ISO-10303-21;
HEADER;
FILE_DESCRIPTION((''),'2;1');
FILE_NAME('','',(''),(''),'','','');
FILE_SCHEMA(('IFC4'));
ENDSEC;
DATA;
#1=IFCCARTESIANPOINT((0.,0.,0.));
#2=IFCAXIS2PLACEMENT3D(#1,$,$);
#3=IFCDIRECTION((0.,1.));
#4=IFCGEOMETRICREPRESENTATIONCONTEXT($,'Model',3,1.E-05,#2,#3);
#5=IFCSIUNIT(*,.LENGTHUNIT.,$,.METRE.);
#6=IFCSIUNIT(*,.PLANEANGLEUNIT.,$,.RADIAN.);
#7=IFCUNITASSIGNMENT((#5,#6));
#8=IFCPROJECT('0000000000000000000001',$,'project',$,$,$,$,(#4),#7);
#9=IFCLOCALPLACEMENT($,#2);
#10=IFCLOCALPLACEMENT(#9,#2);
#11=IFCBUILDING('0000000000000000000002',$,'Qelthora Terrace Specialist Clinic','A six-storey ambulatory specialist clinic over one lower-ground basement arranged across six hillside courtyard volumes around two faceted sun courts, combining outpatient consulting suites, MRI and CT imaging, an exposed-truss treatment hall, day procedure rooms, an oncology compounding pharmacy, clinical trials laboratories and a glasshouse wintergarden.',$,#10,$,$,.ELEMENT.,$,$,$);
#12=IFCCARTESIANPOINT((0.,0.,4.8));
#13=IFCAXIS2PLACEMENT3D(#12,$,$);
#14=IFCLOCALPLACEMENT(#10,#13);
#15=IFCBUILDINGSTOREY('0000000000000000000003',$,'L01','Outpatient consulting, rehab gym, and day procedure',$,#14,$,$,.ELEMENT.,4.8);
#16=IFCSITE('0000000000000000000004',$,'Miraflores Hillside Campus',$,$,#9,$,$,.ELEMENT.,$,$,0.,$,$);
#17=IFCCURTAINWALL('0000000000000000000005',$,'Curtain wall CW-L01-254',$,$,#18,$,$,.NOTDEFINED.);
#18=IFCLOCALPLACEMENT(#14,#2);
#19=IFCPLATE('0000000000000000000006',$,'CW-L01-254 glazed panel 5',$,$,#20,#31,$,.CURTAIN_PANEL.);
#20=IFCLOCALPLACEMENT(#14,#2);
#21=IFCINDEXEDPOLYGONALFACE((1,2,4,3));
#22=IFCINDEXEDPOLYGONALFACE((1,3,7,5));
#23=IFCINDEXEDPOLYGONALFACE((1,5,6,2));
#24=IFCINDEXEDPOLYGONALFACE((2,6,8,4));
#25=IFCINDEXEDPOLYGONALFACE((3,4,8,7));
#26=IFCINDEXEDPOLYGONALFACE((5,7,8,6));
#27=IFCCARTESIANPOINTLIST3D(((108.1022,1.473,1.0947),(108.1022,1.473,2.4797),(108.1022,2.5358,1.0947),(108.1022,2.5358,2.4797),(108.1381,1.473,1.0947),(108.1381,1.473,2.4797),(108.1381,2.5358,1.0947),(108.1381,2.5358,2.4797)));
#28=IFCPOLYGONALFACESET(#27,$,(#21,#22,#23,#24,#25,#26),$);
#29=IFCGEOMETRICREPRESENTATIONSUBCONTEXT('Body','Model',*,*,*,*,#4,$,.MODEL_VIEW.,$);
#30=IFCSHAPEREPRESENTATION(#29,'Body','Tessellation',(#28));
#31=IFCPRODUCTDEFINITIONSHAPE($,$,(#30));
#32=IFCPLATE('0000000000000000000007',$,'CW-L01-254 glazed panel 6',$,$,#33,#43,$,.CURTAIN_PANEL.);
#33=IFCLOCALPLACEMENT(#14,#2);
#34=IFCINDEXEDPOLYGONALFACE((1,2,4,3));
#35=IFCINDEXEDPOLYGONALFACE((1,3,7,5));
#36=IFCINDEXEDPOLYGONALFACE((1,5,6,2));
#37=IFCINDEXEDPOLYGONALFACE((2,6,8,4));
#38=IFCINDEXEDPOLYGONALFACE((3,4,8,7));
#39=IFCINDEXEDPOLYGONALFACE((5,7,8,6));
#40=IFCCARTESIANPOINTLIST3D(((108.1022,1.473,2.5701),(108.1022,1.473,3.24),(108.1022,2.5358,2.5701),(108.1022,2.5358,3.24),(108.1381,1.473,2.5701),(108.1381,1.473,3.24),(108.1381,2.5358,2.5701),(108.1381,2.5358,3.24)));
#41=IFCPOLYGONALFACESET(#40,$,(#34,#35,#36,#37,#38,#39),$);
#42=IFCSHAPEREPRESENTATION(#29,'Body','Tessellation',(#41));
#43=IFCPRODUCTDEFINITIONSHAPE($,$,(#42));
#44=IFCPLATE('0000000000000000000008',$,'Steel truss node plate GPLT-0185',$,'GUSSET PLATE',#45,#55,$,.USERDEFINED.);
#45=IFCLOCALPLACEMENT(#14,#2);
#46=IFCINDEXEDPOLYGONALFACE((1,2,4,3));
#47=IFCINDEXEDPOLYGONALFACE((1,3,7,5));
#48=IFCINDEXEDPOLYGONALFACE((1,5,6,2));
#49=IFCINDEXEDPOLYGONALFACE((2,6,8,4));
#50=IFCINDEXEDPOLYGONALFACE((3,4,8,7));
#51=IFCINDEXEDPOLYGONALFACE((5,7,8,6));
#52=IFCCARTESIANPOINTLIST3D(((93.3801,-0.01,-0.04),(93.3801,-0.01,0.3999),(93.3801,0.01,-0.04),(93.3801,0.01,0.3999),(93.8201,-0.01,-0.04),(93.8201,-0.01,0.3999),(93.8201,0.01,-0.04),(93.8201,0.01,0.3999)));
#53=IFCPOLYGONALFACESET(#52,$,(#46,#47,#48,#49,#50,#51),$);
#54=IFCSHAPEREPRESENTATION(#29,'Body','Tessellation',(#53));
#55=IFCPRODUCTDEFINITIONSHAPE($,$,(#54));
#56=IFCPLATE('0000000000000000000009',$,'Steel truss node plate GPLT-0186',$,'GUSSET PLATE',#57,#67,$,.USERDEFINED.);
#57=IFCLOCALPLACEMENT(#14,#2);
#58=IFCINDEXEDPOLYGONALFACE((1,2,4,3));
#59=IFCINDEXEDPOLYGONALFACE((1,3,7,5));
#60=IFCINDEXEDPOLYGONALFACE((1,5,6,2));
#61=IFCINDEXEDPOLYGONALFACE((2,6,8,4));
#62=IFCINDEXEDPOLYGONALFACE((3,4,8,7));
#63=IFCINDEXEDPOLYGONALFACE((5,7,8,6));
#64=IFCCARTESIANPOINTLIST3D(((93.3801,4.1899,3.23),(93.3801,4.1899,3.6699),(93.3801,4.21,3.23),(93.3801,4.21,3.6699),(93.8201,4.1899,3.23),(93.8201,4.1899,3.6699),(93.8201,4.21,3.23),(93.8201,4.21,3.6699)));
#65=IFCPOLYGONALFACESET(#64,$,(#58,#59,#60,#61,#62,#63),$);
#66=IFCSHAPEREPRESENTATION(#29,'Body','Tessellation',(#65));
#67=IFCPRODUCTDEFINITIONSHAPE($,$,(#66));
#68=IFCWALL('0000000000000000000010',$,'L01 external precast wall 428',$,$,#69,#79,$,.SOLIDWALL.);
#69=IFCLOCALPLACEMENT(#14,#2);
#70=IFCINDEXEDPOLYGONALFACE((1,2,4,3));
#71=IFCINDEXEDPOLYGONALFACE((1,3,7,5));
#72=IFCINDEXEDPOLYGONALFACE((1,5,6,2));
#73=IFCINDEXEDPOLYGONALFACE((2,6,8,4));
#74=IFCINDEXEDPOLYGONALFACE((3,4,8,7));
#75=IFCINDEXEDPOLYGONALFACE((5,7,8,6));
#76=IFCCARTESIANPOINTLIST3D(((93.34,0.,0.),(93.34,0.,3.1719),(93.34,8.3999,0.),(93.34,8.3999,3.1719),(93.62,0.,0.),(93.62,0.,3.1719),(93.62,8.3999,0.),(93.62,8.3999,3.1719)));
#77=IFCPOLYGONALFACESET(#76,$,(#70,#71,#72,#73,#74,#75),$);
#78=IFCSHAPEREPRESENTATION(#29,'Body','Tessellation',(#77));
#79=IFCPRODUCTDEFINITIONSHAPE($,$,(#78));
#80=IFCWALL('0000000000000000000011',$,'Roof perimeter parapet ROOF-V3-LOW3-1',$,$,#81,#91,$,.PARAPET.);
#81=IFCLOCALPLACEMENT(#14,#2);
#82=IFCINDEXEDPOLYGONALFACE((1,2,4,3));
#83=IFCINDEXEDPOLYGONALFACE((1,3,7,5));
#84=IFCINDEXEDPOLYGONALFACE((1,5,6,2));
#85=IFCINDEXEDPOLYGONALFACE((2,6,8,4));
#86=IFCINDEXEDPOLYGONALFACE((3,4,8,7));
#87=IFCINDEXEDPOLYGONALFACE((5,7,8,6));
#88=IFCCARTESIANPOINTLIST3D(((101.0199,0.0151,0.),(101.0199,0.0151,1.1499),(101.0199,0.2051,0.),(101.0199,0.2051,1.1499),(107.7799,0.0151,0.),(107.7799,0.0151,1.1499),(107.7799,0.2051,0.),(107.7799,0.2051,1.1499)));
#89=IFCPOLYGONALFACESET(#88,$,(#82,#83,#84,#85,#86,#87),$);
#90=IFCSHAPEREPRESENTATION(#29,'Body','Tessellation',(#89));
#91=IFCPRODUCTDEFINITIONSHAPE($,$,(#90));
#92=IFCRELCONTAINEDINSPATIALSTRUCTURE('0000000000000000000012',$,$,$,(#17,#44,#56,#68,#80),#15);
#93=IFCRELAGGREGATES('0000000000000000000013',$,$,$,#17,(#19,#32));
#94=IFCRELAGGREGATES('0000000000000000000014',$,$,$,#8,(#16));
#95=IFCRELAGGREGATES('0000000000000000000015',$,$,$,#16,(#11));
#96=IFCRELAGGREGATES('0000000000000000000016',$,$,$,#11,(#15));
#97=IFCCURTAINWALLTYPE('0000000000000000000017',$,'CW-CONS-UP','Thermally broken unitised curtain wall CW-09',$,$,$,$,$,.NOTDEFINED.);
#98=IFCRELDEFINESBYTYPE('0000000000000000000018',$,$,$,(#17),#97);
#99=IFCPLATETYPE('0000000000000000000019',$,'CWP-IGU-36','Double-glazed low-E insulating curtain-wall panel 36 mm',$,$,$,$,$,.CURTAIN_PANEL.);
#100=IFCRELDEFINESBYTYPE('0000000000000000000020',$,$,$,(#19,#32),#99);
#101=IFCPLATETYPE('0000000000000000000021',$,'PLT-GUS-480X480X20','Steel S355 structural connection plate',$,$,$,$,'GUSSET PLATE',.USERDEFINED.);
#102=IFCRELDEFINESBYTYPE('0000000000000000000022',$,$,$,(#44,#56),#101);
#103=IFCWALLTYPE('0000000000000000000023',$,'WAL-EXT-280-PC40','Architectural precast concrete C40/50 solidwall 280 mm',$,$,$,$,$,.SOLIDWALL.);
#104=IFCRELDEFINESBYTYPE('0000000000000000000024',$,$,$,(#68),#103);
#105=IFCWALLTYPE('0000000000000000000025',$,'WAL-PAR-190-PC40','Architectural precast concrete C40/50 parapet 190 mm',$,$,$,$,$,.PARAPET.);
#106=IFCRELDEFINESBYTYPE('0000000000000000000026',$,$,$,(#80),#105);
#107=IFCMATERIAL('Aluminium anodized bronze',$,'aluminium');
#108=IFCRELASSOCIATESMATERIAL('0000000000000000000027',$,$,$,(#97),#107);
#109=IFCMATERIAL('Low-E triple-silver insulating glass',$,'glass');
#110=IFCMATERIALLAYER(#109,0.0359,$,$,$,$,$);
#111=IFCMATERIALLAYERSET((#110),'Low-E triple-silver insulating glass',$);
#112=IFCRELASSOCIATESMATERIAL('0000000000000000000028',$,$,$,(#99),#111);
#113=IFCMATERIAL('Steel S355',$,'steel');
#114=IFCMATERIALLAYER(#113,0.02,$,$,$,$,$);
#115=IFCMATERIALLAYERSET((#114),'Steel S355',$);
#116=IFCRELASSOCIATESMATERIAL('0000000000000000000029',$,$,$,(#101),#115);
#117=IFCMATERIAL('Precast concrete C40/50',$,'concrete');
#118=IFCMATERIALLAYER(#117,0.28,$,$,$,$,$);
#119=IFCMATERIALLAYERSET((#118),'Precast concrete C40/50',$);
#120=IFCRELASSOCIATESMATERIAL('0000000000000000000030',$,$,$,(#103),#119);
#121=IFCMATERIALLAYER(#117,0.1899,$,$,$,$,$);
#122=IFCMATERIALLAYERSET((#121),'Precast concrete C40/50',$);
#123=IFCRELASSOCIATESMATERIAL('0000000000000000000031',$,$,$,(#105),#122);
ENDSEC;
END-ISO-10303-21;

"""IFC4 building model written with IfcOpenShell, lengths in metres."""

from ifc_helpers import new_model, si_unit, direction, frame, frame_2d, origin, origin_2d, place, context, subcontext, project, spatial, rectangle, extrude, material, layer, layer_set, type_object, element, aggregate, save


model = new_model("IFC4")

# Units and contexts
model_context = context("Model", 3, precision=1e-05, world=origin(), true_north=direction((0.0, 1.0)))
body_context = subcontext(model_context, "Body", "Model", "MODEL_VIEW")
ifc_project = project(units=[si_unit("LENGTHUNIT", "METRE"), si_unit("PLANEANGLEUNIT", "RADIAN")], contexts=[model_context])

# Site, building, storey
site_placement = place(None, origin())
site = spatial("IfcSite", under=ifc_project, at=site_placement, Name="Miraflores Hillside Campus", CompositionType="ELEMENT", RefElevation=0.0)
building_placement = place(site_placement, origin())
building = spatial("IfcBuilding", under=site, at=building_placement, Name="Qelthora Terrace Specialist Clinic", Description="A six-storey ambulatory specialist clinic over one lower-ground basement arranged across six hillside courtyard volumes around two faceted sun courts, combining outpatient consulting suites, MRI and CT imaging, an exposed-truss treatment hall, day procedure rooms, an oncology compounding pharmacy, clinical trials laboratories and a glasshouse wintergarden.", CompositionType="ELEMENT")
storey_placement = place(building_placement, frame((0.0, 0.0, 4.8)))
storey = spatial("IfcBuildingStorey", under=building, at=storey_placement, Name="L01", Description="Outpatient consulting, rehab gym, and day procedure", CompositionType="ELEMENT", Elevation=4.8)

# Shared definitions
ifc_material_1 = material(Name="Steel S355", Category="steel")

# Curtain wall
ifc_material_2 = material(Name="Aluminium anodized bronze", Category="aluminium")
curtain_wall_type = type_object("IfcCurtainWallType", Name="CW-CONS-UP", Description="Thermally broken unitised curtain wall CW-09", PredefinedType="NOTDEFINED", material=ifc_material_2)
curtain_wall_placement = place(storey_placement, origin())
curtain_wall = element("IfcCurtainWall", 1, at=curtain_wall_placement, inside=storey, type_object=curtain_wall_type, Name="Curtain wall CW-L01-254", PredefinedType="NOTDEFINED")

# Plates
ifc_material_3 = material(Name="Low-E triple-silver insulating glass", Category="glass")
ifc_layer_1 = layer(ifc_material_3, 0.0359)
ifc_layer_set_1 = layer_set([ifc_layer_1], Name="Low-E triple-silver insulating glass")
plate_type_1 = type_object("IfcPlateType", Name="CWP-IGU-36", Description="Double-glazed low-E insulating curtain-wall panel 36 mm", PredefinedType="CURTAIN_PANEL", material=ifc_layer_set_1)
plate_1_placement = place(storey_placement, frame((108.1201, 2.0044, 1.0947), z_axis=(0.0, 0.0, 1.0), x_axis=(0.0, 1.0, 0.0)))
plate_1 = element("IfcPlate", 2, at=plate_1_placement, type_object=plate_type_1, Name="CW-L01-254 glazed panel 5", PredefinedType="CURTAIN_PANEL", context=body_context, shape_type="SweptSolid", body=[
    extrude(rectangle(XDim=1.0627, YDim=0.0359, at=origin_2d()), origin(), (0.0, 0.0, 1.0), 1.385),
])
plate_2_placement = place(storey_placement, frame((108.1201, 2.0044, 2.5701), z_axis=(0.0, 0.0, 1.0), x_axis=(0.0, 1.0, 0.0)))
plate_2 = element("IfcPlate", 3, at=plate_2_placement, type_object=plate_type_1, Name="CW-L01-254 glazed panel 6", PredefinedType="CURTAIN_PANEL", context=body_context, shape_type="SweptSolid", body=[
    extrude(rectangle(XDim=1.0627, YDim=0.0359, at=origin_2d()), origin(), (0.0, 0.0, 1.0), 0.6699),
])
aggregate(curtain_wall, [plate_1, plate_2])

# Plates
ifc_layer_2 = layer(ifc_material_1, 0.02)
ifc_layer_set_2 = layer_set([ifc_layer_2], Name="Steel S355")
plate_type_2 = type_object("IfcPlateType", Name="PLT-GUS-480X480X20", Description="Steel S355 structural connection plate", ElementType="GUSSET PLATE", PredefinedType="USERDEFINED", material=ifc_layer_set_2)
for number, where, z_axis, x_axis, name in (
    (4, (93.6001, 0.0, -0.04), (0.0, 0.0, 1.0), (1.0, 0.0, 0.0), "Steel truss node plate GPLT-0185"),
    (5, (93.6001, 4.2, 3.23), (0.0, 0.0, 1.0), (1.0, 0.0, 0.0), "Steel truss node plate GPLT-0186"),
):
    element("IfcPlate", number, at=place(storey_placement, frame(where, z_axis=z_axis, x_axis=x_axis)), inside=storey, type_object=plate_type_2, Name=name, ObjectType="GUSSET PLATE", PredefinedType="USERDEFINED", context=body_context, shape_type="SweptSolid", body=[
        extrude(rectangle(XDim=0.4399, YDim=0.02, at=origin_2d()), origin(), (0.0, 0.0, 1.0), 0.4399),
    ])

# Walls
ifc_material_4 = material(Name="Precast concrete C40/50", Category="concrete")
ifc_layer_3 = layer(ifc_material_4, 0.28)
ifc_layer_set_3 = layer_set([ifc_layer_3], Name="Precast concrete C40/50")
wall_type_1 = type_object("IfcWallType", Name="WAL-EXT-280-PC40", Description="Architectural precast concrete C40/50 solidwall 280 mm", PredefinedType="SOLIDWALL", material=ifc_layer_set_3)
wall_1_placement = place(storey_placement, frame((93.48, 0.0, 0.0), z_axis=(0.0, 0.0, 1.0), x_axis=(0.0, 1.0, 0.0)))
element("IfcWall", 6, at=wall_1_placement, inside=storey, type_object=wall_type_1, Name="L01 external precast wall 428", PredefinedType="SOLIDWALL", context=body_context, shape_type="SweptSolid", body=[
    extrude(rectangle(XDim=8.3999, YDim=0.28, at=frame_2d((4.2, 0.0))), origin(), (0.0, 0.0, 1.0), 3.1719),
])
ifc_layer_4 = layer(ifc_material_4, 0.1899)
ifc_layer_set_4 = layer_set([ifc_layer_4], Name="Precast concrete C40/50")
wall_type_2 = type_object("IfcWallType", Name="WAL-PAR-190-PC40", Description="Architectural precast concrete C40/50 parapet 190 mm", PredefinedType="PARAPET", material=ifc_layer_set_4)
wall_2_placement = place(storey_placement, frame((101.02, 0.1101, 0.0), z_axis=(0.0, 0.0, 1.0), x_axis=(1.0, 0.0, 0.0)))
element("IfcWall", 7, at=wall_2_placement, inside=storey, type_object=wall_type_2, Name="Roof perimeter parapet ROOF-V3-LOW3-1", PredefinedType="PARAPET", context=body_context, shape_type="SweptSolid", body=[
    extrude(rectangle(XDim=6.76, YDim=0.1899, at=frame_2d((3.3799, 0.0))), origin(), (0.0, 0.0, 1.0), 1.1499),
])

save(model, "model.ifc")
